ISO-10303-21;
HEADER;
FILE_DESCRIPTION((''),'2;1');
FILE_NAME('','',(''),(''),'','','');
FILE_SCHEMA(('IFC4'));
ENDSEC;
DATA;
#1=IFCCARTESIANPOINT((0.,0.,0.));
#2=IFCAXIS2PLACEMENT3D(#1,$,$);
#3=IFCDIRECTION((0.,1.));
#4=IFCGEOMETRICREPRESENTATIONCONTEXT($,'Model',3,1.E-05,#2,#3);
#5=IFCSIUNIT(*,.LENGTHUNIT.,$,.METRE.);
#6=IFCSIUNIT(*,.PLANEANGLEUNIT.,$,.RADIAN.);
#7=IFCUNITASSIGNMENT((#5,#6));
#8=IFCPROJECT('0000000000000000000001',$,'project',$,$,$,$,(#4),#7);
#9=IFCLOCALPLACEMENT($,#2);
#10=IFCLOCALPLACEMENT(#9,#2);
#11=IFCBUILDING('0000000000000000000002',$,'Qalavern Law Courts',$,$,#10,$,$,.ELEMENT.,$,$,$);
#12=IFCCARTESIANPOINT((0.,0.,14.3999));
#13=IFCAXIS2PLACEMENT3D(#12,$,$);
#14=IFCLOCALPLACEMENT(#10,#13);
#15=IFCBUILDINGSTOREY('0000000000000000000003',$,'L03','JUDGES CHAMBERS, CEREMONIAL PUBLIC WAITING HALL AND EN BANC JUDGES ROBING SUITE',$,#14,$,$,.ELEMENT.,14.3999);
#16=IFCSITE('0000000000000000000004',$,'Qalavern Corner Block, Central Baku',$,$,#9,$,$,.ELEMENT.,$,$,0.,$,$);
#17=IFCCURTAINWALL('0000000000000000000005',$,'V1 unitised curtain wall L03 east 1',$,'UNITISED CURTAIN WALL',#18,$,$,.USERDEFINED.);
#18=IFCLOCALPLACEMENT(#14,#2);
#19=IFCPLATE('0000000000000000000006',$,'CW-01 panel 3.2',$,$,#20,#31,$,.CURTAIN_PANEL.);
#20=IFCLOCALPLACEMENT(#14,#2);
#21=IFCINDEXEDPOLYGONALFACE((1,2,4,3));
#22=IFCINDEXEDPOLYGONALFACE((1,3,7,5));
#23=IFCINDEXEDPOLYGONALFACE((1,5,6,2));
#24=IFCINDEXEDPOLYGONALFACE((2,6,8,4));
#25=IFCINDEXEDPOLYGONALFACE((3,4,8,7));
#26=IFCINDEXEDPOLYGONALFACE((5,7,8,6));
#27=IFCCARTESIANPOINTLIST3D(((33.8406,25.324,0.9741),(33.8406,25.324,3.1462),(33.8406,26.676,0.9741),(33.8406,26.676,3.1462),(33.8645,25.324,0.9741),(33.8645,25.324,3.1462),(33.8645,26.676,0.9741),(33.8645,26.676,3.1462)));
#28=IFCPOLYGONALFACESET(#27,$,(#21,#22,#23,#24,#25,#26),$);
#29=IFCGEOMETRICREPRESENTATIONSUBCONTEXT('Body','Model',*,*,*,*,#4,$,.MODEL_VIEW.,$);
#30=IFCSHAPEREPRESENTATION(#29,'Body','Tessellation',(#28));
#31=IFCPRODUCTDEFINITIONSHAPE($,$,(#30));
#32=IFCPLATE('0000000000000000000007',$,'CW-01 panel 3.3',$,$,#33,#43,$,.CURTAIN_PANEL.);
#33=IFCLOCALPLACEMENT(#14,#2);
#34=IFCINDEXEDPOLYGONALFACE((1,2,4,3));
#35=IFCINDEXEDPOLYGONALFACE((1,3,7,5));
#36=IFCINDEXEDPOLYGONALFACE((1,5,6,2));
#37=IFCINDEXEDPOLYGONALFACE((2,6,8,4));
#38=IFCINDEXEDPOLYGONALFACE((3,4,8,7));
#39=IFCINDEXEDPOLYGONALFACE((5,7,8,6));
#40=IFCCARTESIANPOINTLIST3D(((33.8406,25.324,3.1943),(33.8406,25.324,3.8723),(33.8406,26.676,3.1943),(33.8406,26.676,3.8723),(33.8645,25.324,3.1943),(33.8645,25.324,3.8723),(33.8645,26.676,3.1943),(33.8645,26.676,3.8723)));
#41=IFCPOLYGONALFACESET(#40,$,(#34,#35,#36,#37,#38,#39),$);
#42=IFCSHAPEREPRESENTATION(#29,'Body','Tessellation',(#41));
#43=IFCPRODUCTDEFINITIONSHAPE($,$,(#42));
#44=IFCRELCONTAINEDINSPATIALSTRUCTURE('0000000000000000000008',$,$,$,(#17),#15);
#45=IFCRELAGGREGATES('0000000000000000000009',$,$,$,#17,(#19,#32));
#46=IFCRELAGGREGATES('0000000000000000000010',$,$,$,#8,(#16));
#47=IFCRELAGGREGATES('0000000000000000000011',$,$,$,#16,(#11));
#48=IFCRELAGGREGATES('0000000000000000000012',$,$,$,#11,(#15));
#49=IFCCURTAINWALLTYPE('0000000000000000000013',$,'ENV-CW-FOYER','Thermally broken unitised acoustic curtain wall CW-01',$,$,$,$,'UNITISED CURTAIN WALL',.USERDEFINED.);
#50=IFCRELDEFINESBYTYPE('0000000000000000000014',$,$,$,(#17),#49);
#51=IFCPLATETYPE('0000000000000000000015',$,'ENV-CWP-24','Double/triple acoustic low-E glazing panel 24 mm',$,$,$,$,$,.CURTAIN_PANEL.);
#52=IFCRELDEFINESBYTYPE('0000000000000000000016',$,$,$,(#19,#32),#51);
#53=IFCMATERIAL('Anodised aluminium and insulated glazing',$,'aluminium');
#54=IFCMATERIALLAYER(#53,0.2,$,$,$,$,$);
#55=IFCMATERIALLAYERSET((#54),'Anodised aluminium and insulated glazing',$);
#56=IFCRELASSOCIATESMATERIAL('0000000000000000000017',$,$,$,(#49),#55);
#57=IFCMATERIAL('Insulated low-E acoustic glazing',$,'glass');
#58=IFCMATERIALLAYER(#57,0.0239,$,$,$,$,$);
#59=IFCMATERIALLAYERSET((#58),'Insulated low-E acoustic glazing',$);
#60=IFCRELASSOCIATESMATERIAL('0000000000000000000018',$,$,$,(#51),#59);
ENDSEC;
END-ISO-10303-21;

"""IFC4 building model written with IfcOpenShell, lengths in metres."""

from ifc_helpers import new_model, si_unit, direction, frame, origin, origin_2d, place, context, subcontext, project, spatial, rectangle, extrude, material, layer, layer_set, type_object, element, aggregate, save


model = new_model("IFC4")

# Units and contexts
model_context = context("Model", 3, precision=1e-05, world=origin(), true_north=direction((0.0, 1.0)))
body_context = subcontext(model_context, "Body", "Model", "MODEL_VIEW")
ifc_project = project(units=[si_unit("LENGTHUNIT", "METRE"), si_unit("PLANEANGLEUNIT", "RADIAN")], contexts=[model_context])

# Site, building, storey
site_placement = place(None, origin())
site = spatial("IfcSite", under=ifc_project, at=site_placement, Name="Qalavern Corner Block, Central Baku", CompositionType="ELEMENT", RefElevation=0.0)
building_placement = place(site_placement, origin())
building = spatial("IfcBuilding", under=site, at=building_placement, Name="Qalavern Law Courts", CompositionType="ELEMENT")
storey_placement = place(building_placement, frame((0.0, 0.0, 14.3999)))
storey = spatial("IfcBuildingStorey", under=building, at=storey_placement, Name="L03", Description="JUDGES CHAMBERS, CEREMONIAL PUBLIC WAITING HALL AND EN BANC JUDGES ROBING SUITE", CompositionType="ELEMENT", Elevation=14.3999)

# Curtain wall
ifc_material_1 = material(Name="Anodised aluminium and insulated glazing", Category="aluminium")
ifc_layer_1 = layer(ifc_material_1, 0.2)
ifc_layer_set_1 = layer_set([ifc_layer_1], Name="Anodised aluminium and insulated glazing")
curtain_wall_type = type_object("IfcCurtainWallType", Name="ENV-CW-FOYER", Description="Thermally broken unitised acoustic curtain wall CW-01", ElementType="UNITISED CURTAIN WALL", PredefinedType="USERDEFINED", material=ifc_layer_set_1)
curtain_wall_placement = place(storey_placement, origin())
curtain_wall = element("IfcCurtainWall", 1, at=curtain_wall_placement, inside=storey, type_object=curtain_wall_type, Name="V1 unitised curtain wall L03 east 1", ObjectType="UNITISED CURTAIN WALL", PredefinedType="USERDEFINED")

# Plates
ifc_material_2 = material(Name="Insulated low-E acoustic glazing", Category="glass")
ifc_layer_2 = layer(ifc_material_2, 0.0239)
ifc_layer_set_2 = layer_set([ifc_layer_2], Name="Insulated low-E acoustic glazing")
plate_type = type_object("IfcPlateType", Name="ENV-CWP-24", Description="Double/triple acoustic low-E glazing panel 24 mm", PredefinedType="CURTAIN_PANEL", material=ifc_layer_set_2)
plate_1_placement = place(storey_placement, frame((33.8525, 26.0, 0.9741), z_axis=(0.0, 0.0, 1.0), x_axis=(0.0, 1.0, 0.0)))
plate_1 = element("IfcPlate", 2, at=plate_1_placement, type_object=plate_type, Name="CW-01 panel 3.2", PredefinedType="CURTAIN_PANEL", context=body_context, shape_type="SweptSolid", body=[
    extrude(rectangle(XDim=1.3521, YDim=0.0239, at=origin_2d()), origin(), (0.0, 0.0, 1.0), 2.1721),
])
plate_2_placement = place(storey_placement, frame((33.8525, 26.0, 3.1943), z_axis=(0.0, 0.0, 1.0), x_axis=(0.0, 1.0, 0.0)))
plate_2 = element("IfcPlate", 3, at=plate_2_placement, type_object=plate_type, Name="CW-01 panel 3.3", PredefinedType="CURTAIN_PANEL", context=body_context, shape_type="SweptSolid", body=[
    extrude(rectangle(XDim=1.3521, YDim=0.0239, at=origin_2d()), origin(), (0.0, 0.0, 1.0), 0.678),
])
aggregate(curtain_wall, [plate_1, plate_2])

save(model, "model.ifc")
